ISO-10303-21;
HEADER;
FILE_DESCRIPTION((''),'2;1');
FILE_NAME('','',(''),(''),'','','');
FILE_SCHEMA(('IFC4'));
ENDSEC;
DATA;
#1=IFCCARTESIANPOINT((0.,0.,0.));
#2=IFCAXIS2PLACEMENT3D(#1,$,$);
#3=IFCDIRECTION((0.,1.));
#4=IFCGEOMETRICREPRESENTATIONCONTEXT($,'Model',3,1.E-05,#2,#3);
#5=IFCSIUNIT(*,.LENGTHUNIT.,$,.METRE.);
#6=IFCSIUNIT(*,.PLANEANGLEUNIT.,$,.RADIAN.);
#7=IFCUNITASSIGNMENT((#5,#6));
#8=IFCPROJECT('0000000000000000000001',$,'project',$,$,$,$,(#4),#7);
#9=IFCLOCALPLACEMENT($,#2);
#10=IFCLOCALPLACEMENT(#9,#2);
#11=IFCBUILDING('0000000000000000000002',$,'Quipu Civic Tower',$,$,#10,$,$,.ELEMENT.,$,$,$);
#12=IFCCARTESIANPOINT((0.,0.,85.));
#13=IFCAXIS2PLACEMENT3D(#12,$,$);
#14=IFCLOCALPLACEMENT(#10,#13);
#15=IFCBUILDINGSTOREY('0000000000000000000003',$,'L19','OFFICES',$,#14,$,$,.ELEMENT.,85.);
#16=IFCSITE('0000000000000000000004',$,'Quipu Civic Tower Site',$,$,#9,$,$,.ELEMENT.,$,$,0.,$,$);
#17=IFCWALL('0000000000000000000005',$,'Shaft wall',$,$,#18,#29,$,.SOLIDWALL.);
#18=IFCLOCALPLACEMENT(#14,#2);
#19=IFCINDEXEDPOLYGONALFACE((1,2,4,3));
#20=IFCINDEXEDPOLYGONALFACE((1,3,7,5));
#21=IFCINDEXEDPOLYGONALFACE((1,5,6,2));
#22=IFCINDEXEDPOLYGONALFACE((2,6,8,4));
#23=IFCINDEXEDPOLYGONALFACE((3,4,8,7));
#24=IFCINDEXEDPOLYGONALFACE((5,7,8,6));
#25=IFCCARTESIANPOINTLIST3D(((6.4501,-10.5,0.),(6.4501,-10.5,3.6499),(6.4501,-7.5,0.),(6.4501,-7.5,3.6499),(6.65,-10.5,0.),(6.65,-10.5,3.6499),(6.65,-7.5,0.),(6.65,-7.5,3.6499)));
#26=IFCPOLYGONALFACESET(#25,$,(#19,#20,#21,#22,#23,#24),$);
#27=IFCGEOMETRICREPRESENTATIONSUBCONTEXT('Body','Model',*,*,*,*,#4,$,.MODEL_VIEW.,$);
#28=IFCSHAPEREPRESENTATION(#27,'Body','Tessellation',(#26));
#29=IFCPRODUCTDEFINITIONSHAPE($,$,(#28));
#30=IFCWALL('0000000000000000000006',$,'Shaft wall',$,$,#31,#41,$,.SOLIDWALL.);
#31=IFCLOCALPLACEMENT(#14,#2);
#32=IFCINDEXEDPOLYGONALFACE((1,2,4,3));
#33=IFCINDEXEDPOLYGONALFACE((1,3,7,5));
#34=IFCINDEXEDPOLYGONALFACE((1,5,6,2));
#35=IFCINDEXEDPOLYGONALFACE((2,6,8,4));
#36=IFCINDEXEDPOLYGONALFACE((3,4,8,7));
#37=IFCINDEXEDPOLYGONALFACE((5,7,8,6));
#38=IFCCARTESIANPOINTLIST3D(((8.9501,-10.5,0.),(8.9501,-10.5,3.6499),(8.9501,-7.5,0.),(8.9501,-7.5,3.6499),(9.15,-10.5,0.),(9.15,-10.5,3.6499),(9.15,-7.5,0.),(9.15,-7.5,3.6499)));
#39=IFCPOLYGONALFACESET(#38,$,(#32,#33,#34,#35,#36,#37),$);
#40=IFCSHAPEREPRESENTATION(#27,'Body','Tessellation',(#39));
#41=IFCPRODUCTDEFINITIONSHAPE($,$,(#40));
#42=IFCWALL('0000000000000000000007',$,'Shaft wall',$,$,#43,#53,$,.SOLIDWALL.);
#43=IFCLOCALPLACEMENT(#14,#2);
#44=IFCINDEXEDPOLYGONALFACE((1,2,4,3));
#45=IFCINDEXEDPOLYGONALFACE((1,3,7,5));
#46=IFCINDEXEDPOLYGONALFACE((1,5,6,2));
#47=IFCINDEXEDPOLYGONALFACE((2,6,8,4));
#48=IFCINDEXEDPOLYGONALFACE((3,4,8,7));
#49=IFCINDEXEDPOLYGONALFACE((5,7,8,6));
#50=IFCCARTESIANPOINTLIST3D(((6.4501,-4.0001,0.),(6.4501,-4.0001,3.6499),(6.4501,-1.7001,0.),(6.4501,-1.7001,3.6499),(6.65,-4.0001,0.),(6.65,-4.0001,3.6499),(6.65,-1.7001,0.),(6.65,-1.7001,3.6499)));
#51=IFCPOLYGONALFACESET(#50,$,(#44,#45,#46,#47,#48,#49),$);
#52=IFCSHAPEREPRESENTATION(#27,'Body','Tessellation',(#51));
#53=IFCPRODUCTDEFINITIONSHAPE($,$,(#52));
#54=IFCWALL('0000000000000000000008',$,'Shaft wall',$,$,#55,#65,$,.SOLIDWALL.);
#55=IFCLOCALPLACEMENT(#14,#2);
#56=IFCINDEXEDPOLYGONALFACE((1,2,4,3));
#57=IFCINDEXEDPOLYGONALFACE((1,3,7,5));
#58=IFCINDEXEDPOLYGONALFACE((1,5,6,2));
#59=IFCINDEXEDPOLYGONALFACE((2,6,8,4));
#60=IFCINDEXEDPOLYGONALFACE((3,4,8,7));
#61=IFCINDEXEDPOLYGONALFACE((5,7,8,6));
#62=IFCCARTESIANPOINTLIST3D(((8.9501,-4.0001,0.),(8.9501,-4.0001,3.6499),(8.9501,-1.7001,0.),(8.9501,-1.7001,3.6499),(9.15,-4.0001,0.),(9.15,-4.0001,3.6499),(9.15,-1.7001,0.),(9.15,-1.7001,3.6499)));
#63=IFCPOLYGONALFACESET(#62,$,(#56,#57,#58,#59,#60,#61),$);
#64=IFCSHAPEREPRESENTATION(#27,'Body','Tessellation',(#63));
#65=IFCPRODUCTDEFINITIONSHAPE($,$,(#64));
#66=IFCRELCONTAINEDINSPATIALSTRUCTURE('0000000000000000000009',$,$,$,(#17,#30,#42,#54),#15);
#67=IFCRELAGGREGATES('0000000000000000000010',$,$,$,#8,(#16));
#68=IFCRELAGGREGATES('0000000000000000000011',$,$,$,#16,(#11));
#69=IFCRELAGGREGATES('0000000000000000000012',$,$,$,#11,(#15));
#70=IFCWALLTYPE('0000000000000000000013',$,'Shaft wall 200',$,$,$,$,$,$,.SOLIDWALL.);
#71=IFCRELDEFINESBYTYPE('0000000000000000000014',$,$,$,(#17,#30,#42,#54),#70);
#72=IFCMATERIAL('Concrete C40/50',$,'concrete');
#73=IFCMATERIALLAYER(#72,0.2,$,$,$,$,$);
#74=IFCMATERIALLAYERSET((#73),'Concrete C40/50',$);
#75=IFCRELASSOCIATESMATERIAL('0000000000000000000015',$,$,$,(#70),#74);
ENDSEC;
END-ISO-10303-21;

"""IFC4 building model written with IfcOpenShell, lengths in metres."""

from ifc_helpers import new_model, si_unit, direction, frame, frame_2d, origin, place, context, subcontext, project, spatial, rectangle, extrude, material, layer, layer_set, type_object, element, save


model = new_model("IFC4")

# Units and contexts
model_context = context("Model", 3, precision=1e-05, world=origin(), true_north=direction((0.0, 1.0)))
body_context = subcontext(model_context, "Body", "Model", "MODEL_VIEW")
ifc_project = project(units=[si_unit("LENGTHUNIT", "METRE"), si_unit("PLANEANGLEUNIT", "RADIAN")], contexts=[model_context])

# Site, building, storey
site_placement = place(None, origin())
site = spatial("IfcSite", under=ifc_project, at=site_placement, Name="Quipu Civic Tower Site", CompositionType="ELEMENT", RefElevation=0.0)
building_placement = place(site_placement, origin())
building = spatial("IfcBuilding", under=site, at=building_placement, Name="Quipu Civic Tower", CompositionType="ELEMENT")
storey_placement = place(building_placement, frame((0.0, 0.0, 85.0)))
storey = spatial("IfcBuildingStorey", under=building, at=storey_placement, Name="L19", Description="OFFICES", CompositionType="ELEMENT", Elevation=85.0)

# Walls
ifc_material_1 = material(Name="Concrete C40/50", Category="concrete")
ifc_layer_1 = layer(ifc_material_1, 0.2)
ifc_layer_set_1 = layer_set([ifc_layer_1], Name="Concrete C40/50")
wall_type_1 = type_object("IfcWallType", Name="Shaft wall 200", PredefinedType="SOLIDWALL", material=ifc_layer_set_1)
for number, where, z_axis, x_axis, name in (
    (1, (6.55, -10.5, 0.0), (0.0, 0.0, 1.0), (0.0, 1.0, 0.0), "Shaft wall"),
    (2, (9.05, -10.5, 0.0), (0.0, 0.0, 1.0), (0.0, 1.0, 0.0), "Shaft wall"),
):
    element("IfcWall", number, at=place(storey_placement, frame(where, z_axis=z_axis, x_axis=x_axis)), inside=storey, type_object=wall_type_1, Name=name, PredefinedType="SOLIDWALL", context=body_context, shape_type="SweptSolid", body=[
        extrude(rectangle(XDim=3.0, YDim=0.2, at=frame_2d((1.5, 0.0))), origin(), (0.0, 0.0, 1.0), 3.6499),
    ])
for number, where, z_axis, x_axis, name in (
    (3, (6.55, -4.0, 0.0), (0.0, 0.0, 1.0), (0.0, 1.0, 0.0), "Shaft wall"),
    (4, (9.05, -4.0, 0.0), (0.0, 0.0, 1.0), (0.0, 1.0, 0.0), "Shaft wall"),
):
    element("IfcWall", number, at=place(storey_placement, frame(where, z_axis=z_axis, x_axis=x_axis)), inside=storey, type_object=wall_type_1, Name=name, PredefinedType="SOLIDWALL", context=body_context, shape_type="SweptSolid", body=[
        extrude(rectangle(XDim=2.3, YDim=0.2, at=frame_2d((1.1499, 0.0))), origin(), (0.0, 0.0, 1.0), 3.6499),
    ])

save(model, "model.ifc")
